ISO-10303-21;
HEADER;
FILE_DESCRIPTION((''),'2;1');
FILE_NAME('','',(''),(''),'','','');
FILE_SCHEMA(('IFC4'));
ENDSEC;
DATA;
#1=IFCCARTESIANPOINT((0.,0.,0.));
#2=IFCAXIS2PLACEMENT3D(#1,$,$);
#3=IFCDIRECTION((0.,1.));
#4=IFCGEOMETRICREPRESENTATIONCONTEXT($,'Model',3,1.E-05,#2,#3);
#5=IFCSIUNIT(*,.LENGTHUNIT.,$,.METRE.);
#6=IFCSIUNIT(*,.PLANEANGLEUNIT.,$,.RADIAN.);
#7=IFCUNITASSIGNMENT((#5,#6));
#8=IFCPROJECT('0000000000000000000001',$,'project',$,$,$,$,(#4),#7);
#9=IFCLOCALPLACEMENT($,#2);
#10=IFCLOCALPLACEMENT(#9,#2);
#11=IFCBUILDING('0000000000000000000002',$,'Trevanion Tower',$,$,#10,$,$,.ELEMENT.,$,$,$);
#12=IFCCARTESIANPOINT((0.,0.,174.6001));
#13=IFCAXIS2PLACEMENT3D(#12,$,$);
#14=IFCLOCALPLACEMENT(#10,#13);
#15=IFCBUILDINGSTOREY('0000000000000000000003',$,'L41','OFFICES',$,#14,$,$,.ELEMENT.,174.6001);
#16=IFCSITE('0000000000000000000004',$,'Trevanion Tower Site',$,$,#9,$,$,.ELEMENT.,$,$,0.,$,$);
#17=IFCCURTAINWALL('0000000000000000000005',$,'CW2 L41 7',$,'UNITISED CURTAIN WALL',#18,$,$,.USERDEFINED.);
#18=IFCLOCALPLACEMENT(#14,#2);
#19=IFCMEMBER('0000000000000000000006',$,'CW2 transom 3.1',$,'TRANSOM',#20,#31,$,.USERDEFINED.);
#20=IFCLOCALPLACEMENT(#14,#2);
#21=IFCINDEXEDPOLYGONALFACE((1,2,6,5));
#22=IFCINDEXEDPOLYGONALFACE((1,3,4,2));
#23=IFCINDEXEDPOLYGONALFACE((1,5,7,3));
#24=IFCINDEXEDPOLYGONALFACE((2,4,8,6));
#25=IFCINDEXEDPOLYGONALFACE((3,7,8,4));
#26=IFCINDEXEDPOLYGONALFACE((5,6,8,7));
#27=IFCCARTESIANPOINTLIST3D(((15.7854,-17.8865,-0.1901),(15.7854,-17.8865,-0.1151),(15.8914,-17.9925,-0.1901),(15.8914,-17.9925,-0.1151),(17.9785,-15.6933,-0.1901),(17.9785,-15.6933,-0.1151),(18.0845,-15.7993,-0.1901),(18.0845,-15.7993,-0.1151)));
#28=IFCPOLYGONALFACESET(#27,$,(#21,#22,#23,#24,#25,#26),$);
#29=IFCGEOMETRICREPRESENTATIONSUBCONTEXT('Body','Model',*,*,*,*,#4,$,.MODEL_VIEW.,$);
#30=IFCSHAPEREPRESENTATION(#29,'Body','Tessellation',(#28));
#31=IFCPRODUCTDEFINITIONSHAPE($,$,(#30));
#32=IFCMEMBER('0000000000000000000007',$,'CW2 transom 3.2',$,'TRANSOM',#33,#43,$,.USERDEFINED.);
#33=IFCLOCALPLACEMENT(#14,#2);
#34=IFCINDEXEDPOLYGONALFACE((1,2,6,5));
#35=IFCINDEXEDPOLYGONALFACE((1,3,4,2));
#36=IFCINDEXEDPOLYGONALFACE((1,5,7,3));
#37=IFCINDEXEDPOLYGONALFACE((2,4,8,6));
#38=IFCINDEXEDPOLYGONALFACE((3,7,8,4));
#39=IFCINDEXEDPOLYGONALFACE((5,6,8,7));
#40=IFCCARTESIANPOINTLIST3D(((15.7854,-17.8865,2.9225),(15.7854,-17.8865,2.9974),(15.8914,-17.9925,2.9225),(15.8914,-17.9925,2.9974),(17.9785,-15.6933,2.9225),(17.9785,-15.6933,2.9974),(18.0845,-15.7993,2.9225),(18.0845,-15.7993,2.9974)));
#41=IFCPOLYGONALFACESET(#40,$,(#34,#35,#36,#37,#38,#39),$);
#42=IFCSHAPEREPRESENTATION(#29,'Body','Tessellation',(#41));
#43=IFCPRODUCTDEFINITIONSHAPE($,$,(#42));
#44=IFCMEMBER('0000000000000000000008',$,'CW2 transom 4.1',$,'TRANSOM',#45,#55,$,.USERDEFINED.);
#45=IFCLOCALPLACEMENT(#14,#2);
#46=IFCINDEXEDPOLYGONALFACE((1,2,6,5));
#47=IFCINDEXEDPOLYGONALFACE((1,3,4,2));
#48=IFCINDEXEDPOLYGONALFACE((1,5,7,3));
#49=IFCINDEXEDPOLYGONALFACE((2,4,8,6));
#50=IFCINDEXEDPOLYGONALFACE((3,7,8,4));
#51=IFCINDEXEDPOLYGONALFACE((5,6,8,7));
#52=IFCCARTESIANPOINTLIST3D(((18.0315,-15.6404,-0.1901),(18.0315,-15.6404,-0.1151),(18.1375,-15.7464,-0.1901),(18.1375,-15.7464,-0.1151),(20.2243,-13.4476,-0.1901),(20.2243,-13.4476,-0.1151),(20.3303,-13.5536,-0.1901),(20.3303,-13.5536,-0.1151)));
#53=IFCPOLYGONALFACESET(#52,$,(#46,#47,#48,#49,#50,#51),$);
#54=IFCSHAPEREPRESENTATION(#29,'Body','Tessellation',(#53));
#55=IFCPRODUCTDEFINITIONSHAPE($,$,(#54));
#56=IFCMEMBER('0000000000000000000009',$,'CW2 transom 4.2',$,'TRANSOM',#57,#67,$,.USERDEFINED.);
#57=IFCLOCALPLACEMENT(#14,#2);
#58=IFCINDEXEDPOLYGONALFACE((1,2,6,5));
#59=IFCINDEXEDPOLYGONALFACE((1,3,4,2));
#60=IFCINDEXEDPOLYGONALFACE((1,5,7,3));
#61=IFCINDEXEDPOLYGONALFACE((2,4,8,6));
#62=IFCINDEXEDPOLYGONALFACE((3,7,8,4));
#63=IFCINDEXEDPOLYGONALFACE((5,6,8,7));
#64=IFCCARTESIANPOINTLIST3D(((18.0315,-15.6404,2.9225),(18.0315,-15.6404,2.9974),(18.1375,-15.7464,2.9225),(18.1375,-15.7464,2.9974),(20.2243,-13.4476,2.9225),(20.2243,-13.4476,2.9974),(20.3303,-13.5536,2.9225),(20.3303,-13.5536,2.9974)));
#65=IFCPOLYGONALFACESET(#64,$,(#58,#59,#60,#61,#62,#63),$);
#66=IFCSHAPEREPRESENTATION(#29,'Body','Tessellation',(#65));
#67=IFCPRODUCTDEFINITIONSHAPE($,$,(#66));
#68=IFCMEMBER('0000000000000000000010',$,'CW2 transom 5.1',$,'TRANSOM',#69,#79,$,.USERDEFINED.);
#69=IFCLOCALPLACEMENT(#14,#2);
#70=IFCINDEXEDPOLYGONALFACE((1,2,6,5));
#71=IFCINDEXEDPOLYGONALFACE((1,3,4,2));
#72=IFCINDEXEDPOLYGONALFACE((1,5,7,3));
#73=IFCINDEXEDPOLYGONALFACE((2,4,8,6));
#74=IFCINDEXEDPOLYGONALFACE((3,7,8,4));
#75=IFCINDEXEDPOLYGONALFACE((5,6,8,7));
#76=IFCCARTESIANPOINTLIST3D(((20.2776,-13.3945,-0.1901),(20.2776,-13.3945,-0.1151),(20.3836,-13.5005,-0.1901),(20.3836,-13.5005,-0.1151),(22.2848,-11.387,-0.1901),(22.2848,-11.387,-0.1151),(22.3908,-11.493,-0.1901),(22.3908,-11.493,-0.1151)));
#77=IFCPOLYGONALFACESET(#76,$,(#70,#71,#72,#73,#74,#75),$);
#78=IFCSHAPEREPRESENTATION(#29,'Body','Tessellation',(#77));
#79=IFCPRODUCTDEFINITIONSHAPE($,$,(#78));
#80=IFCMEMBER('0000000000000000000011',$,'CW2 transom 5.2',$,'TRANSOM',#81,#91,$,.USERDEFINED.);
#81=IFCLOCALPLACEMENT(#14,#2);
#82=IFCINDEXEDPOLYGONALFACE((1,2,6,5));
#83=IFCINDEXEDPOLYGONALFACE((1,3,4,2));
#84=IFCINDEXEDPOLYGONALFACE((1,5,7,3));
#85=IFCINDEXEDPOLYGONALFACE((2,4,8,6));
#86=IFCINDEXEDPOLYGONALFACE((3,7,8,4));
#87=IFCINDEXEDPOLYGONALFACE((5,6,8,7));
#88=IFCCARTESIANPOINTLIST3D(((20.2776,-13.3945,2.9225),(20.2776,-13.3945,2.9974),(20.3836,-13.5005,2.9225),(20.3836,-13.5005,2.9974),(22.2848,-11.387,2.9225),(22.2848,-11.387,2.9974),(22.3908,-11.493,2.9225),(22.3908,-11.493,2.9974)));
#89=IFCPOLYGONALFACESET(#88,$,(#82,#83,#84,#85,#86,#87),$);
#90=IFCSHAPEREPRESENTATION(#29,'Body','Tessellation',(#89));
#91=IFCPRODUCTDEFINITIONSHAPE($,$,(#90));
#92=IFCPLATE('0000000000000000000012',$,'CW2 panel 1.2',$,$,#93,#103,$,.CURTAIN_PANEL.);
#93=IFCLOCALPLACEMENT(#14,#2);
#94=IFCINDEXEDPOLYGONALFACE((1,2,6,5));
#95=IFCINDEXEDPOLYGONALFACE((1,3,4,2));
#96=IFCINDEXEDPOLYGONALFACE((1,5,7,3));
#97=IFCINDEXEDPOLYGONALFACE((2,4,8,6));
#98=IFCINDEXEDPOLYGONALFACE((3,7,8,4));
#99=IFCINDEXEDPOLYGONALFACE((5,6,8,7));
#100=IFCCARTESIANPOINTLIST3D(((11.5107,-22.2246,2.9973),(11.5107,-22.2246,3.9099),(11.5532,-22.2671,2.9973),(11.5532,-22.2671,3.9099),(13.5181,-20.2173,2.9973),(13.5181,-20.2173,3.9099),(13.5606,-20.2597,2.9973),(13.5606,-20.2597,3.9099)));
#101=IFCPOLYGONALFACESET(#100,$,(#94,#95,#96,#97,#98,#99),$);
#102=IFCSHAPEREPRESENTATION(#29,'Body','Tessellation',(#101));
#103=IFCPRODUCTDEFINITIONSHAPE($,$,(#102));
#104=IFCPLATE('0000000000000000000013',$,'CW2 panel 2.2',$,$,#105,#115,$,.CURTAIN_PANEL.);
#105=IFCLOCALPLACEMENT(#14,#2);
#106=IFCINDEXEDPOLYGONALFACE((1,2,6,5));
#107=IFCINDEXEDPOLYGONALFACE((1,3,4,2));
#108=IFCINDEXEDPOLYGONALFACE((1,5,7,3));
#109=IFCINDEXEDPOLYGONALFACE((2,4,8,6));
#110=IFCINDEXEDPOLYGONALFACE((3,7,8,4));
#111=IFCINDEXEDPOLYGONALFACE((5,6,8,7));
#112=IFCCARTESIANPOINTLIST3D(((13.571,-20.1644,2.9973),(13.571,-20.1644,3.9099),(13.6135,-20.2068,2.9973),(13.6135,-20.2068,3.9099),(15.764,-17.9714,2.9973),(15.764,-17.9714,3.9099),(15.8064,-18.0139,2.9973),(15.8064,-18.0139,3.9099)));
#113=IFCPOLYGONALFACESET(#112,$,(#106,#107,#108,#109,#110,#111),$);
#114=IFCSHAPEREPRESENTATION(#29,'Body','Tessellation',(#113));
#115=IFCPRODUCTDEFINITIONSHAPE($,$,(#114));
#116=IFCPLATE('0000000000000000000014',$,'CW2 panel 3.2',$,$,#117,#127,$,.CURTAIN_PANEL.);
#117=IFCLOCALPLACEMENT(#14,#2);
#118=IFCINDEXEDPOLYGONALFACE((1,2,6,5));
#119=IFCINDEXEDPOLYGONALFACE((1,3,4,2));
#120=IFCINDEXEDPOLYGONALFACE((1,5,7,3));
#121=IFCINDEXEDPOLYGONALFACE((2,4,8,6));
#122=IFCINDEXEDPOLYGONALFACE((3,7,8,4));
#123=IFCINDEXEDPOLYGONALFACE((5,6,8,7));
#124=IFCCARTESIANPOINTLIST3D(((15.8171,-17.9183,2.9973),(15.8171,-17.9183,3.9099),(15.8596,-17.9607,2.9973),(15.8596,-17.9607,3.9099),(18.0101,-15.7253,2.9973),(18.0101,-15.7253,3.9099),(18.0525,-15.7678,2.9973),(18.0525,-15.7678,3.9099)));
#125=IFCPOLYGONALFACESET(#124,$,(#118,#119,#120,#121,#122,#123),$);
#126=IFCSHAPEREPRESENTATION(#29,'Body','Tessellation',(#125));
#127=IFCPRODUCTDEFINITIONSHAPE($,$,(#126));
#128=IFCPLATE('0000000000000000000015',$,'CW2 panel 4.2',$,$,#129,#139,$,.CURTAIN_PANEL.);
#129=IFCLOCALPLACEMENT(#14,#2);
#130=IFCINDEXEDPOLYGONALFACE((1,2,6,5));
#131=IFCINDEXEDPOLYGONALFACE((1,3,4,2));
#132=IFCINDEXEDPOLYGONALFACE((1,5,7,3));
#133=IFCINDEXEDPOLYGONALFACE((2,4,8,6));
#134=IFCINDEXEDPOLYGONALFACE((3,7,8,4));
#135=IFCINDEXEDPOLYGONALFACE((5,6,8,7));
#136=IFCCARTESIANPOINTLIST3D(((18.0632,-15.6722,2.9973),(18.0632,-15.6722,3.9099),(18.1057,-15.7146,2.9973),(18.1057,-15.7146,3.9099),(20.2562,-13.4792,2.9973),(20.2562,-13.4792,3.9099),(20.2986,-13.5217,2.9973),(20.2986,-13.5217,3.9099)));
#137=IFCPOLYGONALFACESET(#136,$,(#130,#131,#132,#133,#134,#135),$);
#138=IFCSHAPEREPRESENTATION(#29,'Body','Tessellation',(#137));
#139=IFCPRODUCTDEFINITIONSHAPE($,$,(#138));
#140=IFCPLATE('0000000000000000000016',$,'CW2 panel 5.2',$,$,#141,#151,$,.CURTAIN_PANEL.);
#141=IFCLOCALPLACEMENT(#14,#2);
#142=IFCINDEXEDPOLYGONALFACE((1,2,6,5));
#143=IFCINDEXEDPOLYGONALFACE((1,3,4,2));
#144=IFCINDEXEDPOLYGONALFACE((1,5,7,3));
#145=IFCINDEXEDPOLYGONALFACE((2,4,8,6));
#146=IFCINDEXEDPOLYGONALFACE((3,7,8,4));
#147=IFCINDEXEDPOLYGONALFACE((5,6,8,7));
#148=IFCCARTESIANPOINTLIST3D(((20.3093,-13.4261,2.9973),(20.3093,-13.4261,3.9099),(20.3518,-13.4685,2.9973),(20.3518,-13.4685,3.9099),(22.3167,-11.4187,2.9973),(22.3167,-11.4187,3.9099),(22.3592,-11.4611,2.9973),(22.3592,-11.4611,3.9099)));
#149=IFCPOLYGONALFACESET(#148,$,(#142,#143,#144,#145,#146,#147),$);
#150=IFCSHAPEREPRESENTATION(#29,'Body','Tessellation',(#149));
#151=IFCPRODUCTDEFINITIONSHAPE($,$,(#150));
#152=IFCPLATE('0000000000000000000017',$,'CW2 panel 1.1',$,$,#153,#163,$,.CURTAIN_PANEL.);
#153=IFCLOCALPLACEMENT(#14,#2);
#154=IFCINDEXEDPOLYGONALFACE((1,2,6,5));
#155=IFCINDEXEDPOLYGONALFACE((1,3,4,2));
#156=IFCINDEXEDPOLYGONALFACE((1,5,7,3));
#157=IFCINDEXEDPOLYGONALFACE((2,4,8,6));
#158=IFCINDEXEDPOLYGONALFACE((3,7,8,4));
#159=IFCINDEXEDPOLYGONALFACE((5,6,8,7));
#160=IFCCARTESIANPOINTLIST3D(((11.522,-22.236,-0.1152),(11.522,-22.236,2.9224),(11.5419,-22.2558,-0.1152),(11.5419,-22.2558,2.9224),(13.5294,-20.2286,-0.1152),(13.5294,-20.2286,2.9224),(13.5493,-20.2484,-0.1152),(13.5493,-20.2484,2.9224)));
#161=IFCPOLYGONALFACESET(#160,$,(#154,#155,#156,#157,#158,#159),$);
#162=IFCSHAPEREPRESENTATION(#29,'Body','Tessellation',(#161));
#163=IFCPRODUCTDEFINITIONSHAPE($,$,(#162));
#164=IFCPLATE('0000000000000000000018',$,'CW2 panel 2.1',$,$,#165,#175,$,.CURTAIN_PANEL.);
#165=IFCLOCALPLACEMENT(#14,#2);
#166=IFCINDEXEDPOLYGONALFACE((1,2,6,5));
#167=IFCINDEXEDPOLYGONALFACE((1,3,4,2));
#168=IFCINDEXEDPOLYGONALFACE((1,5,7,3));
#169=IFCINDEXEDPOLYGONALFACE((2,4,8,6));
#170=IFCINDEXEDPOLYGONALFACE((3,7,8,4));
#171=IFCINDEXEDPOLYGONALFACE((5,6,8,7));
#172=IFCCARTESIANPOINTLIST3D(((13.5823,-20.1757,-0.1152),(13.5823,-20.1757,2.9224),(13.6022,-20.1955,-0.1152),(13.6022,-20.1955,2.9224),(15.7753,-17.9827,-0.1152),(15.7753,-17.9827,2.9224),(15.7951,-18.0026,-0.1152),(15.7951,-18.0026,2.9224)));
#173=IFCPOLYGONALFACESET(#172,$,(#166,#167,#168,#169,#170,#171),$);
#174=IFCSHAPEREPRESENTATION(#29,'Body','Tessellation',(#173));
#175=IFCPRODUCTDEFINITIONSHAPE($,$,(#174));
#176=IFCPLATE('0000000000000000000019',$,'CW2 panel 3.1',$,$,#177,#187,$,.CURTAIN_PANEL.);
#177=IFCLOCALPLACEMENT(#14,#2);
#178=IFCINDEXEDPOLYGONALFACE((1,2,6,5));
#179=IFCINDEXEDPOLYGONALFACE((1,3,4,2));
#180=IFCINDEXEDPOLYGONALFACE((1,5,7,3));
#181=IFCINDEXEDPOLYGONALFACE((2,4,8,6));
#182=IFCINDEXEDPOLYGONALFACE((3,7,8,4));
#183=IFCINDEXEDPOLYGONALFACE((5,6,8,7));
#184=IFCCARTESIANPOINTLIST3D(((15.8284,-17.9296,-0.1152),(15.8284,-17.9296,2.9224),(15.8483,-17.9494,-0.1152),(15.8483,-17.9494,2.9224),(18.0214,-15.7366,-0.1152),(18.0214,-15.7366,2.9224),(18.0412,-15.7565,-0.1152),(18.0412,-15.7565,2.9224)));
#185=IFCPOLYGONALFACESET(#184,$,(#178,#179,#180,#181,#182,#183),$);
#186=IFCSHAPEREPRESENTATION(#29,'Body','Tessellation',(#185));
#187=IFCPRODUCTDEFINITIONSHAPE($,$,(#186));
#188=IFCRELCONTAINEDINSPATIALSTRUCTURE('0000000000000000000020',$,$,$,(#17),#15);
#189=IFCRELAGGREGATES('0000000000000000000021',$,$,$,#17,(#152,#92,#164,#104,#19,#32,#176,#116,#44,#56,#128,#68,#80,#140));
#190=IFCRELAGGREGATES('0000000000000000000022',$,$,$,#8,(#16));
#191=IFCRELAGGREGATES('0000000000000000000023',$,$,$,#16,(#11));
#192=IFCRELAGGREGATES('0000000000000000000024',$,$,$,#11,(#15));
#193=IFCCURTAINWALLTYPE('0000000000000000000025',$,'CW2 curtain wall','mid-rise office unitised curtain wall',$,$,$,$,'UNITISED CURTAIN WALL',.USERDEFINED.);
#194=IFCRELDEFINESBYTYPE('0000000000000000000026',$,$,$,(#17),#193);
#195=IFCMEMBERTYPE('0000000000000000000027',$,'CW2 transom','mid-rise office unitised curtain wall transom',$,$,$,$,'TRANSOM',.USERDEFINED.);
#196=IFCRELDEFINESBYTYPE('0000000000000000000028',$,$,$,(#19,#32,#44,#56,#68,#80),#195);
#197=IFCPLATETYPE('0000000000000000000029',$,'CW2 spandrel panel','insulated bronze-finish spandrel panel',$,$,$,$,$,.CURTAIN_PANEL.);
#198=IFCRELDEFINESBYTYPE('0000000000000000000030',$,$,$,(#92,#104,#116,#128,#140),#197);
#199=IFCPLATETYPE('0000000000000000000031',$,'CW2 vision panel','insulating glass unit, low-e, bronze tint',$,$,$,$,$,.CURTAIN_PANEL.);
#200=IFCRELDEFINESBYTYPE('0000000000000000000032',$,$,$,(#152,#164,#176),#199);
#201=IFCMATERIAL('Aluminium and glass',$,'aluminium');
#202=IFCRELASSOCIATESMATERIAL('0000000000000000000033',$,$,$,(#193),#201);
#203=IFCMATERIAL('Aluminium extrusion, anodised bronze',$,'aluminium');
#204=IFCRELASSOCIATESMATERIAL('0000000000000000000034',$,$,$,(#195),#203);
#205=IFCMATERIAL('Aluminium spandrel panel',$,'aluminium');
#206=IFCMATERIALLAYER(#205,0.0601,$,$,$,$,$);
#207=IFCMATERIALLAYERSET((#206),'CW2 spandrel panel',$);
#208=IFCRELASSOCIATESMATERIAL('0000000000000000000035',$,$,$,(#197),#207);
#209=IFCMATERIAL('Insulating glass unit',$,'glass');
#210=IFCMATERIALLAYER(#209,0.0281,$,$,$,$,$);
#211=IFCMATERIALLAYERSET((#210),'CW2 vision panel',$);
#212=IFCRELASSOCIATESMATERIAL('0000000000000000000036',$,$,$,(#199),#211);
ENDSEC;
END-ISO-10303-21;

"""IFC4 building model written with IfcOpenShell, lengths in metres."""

from ifc_helpers import new_model, si_unit, direction, frame, origin, origin_2d, place, context, subcontext, project, spatial, rectangle, extrude, material, layer, layer_set, material_profile, profile_set, type_object, element, aggregate, save


model = new_model("IFC4")

# Units and contexts
model_context = context("Model", 3, precision=1e-05, world=origin(), true_north=direction((0.0, 1.0)))
body_context = subcontext(model_context, "Body", "Model", "MODEL_VIEW")
ifc_project = project(units=[si_unit("LENGTHUNIT", "METRE"), si_unit("PLANEANGLEUNIT", "RADIAN")], contexts=[model_context])

# Site, building, storey
site_placement = place(None, origin())
site = spatial("IfcSite", under=ifc_project, at=site_placement, Name="Trevanion Tower Site", CompositionType="ELEMENT", RefElevation=0.0)
building_placement = place(site_placement, origin())
building = spatial("IfcBuilding", under=site, at=building_placement, Name="Trevanion Tower", CompositionType="ELEMENT")
storey_placement = place(building_placement, frame((0.0, 0.0, 174.6001)))
storey = spatial("IfcBuildingStorey", under=building, at=storey_placement, Name="L41", Description="OFFICES", CompositionType="ELEMENT", Elevation=174.6001)

# Curtain wall
ifc_material_1 = material(Name="Aluminium and glass", Category="aluminium")
curtain_wall_type = type_object("IfcCurtainWallType", Name="CW2 curtain wall", Description="mid-rise office unitised curtain wall", ElementType="UNITISED CURTAIN WALL", PredefinedType="USERDEFINED", material=ifc_material_1)
curtain_wall_1_placement = place(storey_placement, origin())
curtain_wall_1 = element("IfcCurtainWall", 1, at=curtain_wall_1_placement, inside=storey, type_object=curtain_wall_type, Name="CW2 L41 7", ObjectType="UNITISED CURTAIN WALL", PredefinedType="USERDEFINED")

# Members
ifc_material_2 = material(Name="Aluminium extrusion, anodised bronze", Category="aluminium")
ifc_material_profile_1 = material_profile(ifc_material_2, rectangle(XDim=0.1499, YDim=0.075, at=origin_2d()), Name="CW2 transom")
ifc_profile_set_1 = profile_set([ifc_material_profile_1], Name="Aluminium extrusion, anodised bronze")
member_type_1 = type_object("IfcMemberType", Name="CW2 transom", Description="mid-rise office unitised curtain wall transom", ElementType="TRANSOM", PredefinedType="USERDEFINED", material=ifc_profile_set_1)
member_1_placement = place(storey_placement, frame((15.8384, -17.9395, -0.1526), z_axis=(0.707107, 0.707107, 0.0), x_axis=(-0.707107, 0.707107, 0.0)))
member_1 = element("IfcMember", 2, at=member_1_placement, type_object=member_type_1, Name="CW2 transom 3.1", ObjectType="TRANSOM", PredefinedType="USERDEFINED", context=body_context, shape_type="SweptSolid", body=[
    extrude(rectangle(XDim=0.1499, YDim=0.075, at=origin_2d()), origin(), (0.0, 0.0, 1.0), 3.1016),
])
member_2_placement = place(storey_placement, frame((15.8384, -17.9395, 2.96), z_axis=(0.707107, 0.707107, 0.0), x_axis=(-0.707107, 0.707107, 0.0)))
member_2 = element("IfcMember", 3, at=member_2_placement, type_object=member_type_1, Name="CW2 transom 3.2", ObjectType="TRANSOM", PredefinedType="USERDEFINED", context=body_context, shape_type="SweptSolid", body=[
    extrude(rectangle(XDim=0.1499, YDim=0.075, at=origin_2d()), origin(), (0.0, 0.0, 1.0), 3.1016),
])
member_3_placement = place(storey_placement, frame((18.0845, -15.6934, -0.1526), z_axis=(0.707107, 0.707107, 0.0), x_axis=(-0.707107, 0.707107, 0.0)))
member_3 = element("IfcMember", 4, at=member_3_placement, type_object=member_type_1, Name="CW2 transom 4.1", ObjectType="TRANSOM", PredefinedType="USERDEFINED", context=body_context, shape_type="SweptSolid", body=[
    extrude(rectangle(XDim=0.1499, YDim=0.075, at=origin_2d()), origin(), (0.0, 0.0, 1.0), 3.1011),
])
member_4_placement = place(storey_placement, frame((18.0845, -15.6934, 2.96), z_axis=(0.707107, 0.707107, 0.0), x_axis=(-0.707107, 0.707107, 0.0)))
member_4 = element("IfcMember", 5, at=member_4_placement, type_object=member_type_1, Name="CW2 transom 4.2", ObjectType="TRANSOM", PredefinedType="USERDEFINED", context=body_context, shape_type="SweptSolid", body=[
    extrude(rectangle(XDim=0.1499, YDim=0.075, at=origin_2d()), origin(), (0.0, 0.0, 1.0), 3.1011),
])
member_5_placement = place(storey_placement, frame((20.3306, -13.4475, -0.1526), z_axis=(0.707064, 0.70715, 0.0), x_axis=(-0.70715, 0.707064, 0.0)))
member_5 = element("IfcMember", 6, at=member_5_placement, type_object=member_type_1, Name="CW2 transom 5.1", ObjectType="TRANSOM", PredefinedType="USERDEFINED", context=body_context, shape_type="SweptSolid", body=[
    extrude(rectangle(XDim=0.1499, YDim=0.075, at=origin_2d()), origin(), (0.0, 0.0, 1.0), 2.8389),
])
member_6_placement = place(storey_placement, frame((20.3306, -13.4475, 2.96), z_axis=(0.707064, 0.70715, 0.0), x_axis=(-0.70715, 0.707064, 0.0)))
member_6 = element("IfcMember", 7, at=member_6_placement, type_object=member_type_1, Name="CW2 transom 5.2", ObjectType="TRANSOM", PredefinedType="USERDEFINED", context=body_context, shape_type="SweptSolid", body=[
    extrude(rectangle(XDim=0.1499, YDim=0.075, at=origin_2d()), origin(), (0.0, 0.0, 1.0), 2.8389),
])

# Plates
ifc_material_3 = material(Name="Aluminium spandrel panel", Category="aluminium")
ifc_layer_1 = layer(ifc_material_3, 0.0601)
ifc_layer_set_1 = layer_set([ifc_layer_1], Name="CW2 spandrel panel")
plate_type_1 = type_object("IfcPlateType", Name="CW2 spandrel panel", Description="insulated bronze-finish spandrel panel", PredefinedType="CURTAIN_PANEL", material=ifc_layer_set_1)
plate_1_placement = place(storey_placement, frame((12.5356, -21.2422, 2.9973), z_axis=(0.0, 0.0, 1.0), x_axis=(0.707107, 0.707107, 0.0)))
plate_1 = element("IfcPlate", 8, at=plate_1_placement, type_object=plate_type_1, Name="CW2 panel 1.2", PredefinedType="CURTAIN_PANEL", context=body_context, shape_type="SweptSolid", body=[
    extrude(rectangle(XDim=2.8389, YDim=0.0601, at=origin_2d()), origin(), (0.0, 0.0, 1.0), 0.9126),
])
plate_2_placement = place(storey_placement, frame((14.6887, -19.0891, 2.9973), z_axis=(0.0, 0.0, 1.0), x_axis=(0.707107, 0.707107, 0.0)))
plate_2 = element("IfcPlate", 9, at=plate_2_placement, type_object=plate_type_1, Name="CW2 panel 2.2", PredefinedType="CURTAIN_PANEL", context=body_context, shape_type="SweptSolid", body=[
    extrude(rectangle(XDim=3.1013, YDim=0.0601, at=origin_2d()), origin(), (0.0, 0.0, 1.0), 0.9126),
])
plate_3_placement = place(storey_placement, frame((16.9348, -16.843, 2.9973), z_axis=(0.0, 0.0, 1.0), x_axis=(0.707107, 0.707107, 0.0)))
plate_3 = element("IfcPlate", 10, at=plate_3_placement, type_object=plate_type_1, Name="CW2 panel 3.2", PredefinedType="CURTAIN_PANEL", context=body_context, shape_type="SweptSolid", body=[
    extrude(rectangle(XDim=3.1013, YDim=0.0601, at=origin_2d()), origin(), (0.0, 0.0, 1.0), 0.9126),
])
plate_4_placement = place(storey_placement, frame((19.1809, -14.5969, 2.9973), z_axis=(0.0, 0.0, 1.0), x_axis=(0.707107, 0.707107, 0.0)))
plate_4 = element("IfcPlate", 11, at=plate_4_placement, type_object=plate_type_1, Name="CW2 panel 4.2", PredefinedType="CURTAIN_PANEL", context=body_context, shape_type="SweptSolid", body=[
    extrude(rectangle(XDim=3.1013, YDim=0.0601, at=origin_2d()), origin(), (0.0, 0.0, 1.0), 0.9126),
])
plate_5_placement = place(storey_placement, frame((21.3342, -12.4436, 2.9973), z_axis=(0.0, 0.0, 1.0), x_axis=(0.707107, 0.707107, 0.0)))
plate_5 = element("IfcPlate", 12, at=plate_5_placement, type_object=plate_type_1, Name="CW2 panel 5.2", PredefinedType="CURTAIN_PANEL", context=body_context, shape_type="SweptSolid", body=[
    extrude(rectangle(XDim=2.8389, YDim=0.0601, at=origin_2d()), origin(), (0.0, 0.0, 1.0), 0.9126),
])
ifc_material_4 = material(Name="Insulating glass unit", Category="glass")
ifc_layer_2 = layer(ifc_material_4, 0.0281)
ifc_layer_set_2 = layer_set([ifc_layer_2], Name="CW2 vision panel")
plate_type_2 = type_object("IfcPlateType", Name="CW2 vision panel", Description="insulating glass unit, low-e, bronze tint", PredefinedType="CURTAIN_PANEL", material=ifc_layer_set_2)
plate_6_placement = place(storey_placement, frame((12.5356, -21.2422, -0.1152), z_axis=(0.0, 0.0, 1.0), x_axis=(0.707107, 0.707107, 0.0)))
plate_6 = element("IfcPlate", 13, at=plate_6_placement, type_object=plate_type_2, Name="CW2 panel 1.1", PredefinedType="CURTAIN_PANEL", context=body_context, shape_type="SweptSolid", body=[
    extrude(rectangle(XDim=2.8389, YDim=0.0281, at=origin_2d()), origin(), (0.0, 0.0, 1.0), 3.0376),
])
plate_7_placement = place(storey_placement, frame((14.6887, -19.0891, -0.1152), z_axis=(0.0, 0.0, 1.0), x_axis=(0.707107, 0.707107, 0.0)))
plate_7 = element("IfcPlate", 14, at=plate_7_placement, type_object=plate_type_2, Name="CW2 panel 2.1", PredefinedType="CURTAIN_PANEL", context=body_context, shape_type="SweptSolid", body=[
    extrude(rectangle(XDim=3.1013, YDim=0.0281, at=origin_2d()), origin(), (0.0, 0.0, 1.0), 3.0376),
])
plate_8_placement = place(storey_placement, frame((16.9348, -16.843, -0.1152), z_axis=(0.0, 0.0, 1.0), x_axis=(0.707107, 0.707107, 0.0)))
plate_8 = element("IfcPlate", 15, at=plate_8_placement, type_object=plate_type_2, Name="CW2 panel 3.1", PredefinedType="CURTAIN_PANEL", context=body_context, shape_type="SweptSolid", body=[
    extrude(rectangle(XDim=3.1013, YDim=0.0281, at=origin_2d()), origin(), (0.0, 0.0, 1.0), 3.0376),
])
aggregate(curtain_wall_1, [plate_6, plate_1, plate_7, plate_2, member_1, member_2, plate_8, plate_3, member_3, member_4, plate_4, member_5, member_6, plate_5])

save(model, "model.ifc")
